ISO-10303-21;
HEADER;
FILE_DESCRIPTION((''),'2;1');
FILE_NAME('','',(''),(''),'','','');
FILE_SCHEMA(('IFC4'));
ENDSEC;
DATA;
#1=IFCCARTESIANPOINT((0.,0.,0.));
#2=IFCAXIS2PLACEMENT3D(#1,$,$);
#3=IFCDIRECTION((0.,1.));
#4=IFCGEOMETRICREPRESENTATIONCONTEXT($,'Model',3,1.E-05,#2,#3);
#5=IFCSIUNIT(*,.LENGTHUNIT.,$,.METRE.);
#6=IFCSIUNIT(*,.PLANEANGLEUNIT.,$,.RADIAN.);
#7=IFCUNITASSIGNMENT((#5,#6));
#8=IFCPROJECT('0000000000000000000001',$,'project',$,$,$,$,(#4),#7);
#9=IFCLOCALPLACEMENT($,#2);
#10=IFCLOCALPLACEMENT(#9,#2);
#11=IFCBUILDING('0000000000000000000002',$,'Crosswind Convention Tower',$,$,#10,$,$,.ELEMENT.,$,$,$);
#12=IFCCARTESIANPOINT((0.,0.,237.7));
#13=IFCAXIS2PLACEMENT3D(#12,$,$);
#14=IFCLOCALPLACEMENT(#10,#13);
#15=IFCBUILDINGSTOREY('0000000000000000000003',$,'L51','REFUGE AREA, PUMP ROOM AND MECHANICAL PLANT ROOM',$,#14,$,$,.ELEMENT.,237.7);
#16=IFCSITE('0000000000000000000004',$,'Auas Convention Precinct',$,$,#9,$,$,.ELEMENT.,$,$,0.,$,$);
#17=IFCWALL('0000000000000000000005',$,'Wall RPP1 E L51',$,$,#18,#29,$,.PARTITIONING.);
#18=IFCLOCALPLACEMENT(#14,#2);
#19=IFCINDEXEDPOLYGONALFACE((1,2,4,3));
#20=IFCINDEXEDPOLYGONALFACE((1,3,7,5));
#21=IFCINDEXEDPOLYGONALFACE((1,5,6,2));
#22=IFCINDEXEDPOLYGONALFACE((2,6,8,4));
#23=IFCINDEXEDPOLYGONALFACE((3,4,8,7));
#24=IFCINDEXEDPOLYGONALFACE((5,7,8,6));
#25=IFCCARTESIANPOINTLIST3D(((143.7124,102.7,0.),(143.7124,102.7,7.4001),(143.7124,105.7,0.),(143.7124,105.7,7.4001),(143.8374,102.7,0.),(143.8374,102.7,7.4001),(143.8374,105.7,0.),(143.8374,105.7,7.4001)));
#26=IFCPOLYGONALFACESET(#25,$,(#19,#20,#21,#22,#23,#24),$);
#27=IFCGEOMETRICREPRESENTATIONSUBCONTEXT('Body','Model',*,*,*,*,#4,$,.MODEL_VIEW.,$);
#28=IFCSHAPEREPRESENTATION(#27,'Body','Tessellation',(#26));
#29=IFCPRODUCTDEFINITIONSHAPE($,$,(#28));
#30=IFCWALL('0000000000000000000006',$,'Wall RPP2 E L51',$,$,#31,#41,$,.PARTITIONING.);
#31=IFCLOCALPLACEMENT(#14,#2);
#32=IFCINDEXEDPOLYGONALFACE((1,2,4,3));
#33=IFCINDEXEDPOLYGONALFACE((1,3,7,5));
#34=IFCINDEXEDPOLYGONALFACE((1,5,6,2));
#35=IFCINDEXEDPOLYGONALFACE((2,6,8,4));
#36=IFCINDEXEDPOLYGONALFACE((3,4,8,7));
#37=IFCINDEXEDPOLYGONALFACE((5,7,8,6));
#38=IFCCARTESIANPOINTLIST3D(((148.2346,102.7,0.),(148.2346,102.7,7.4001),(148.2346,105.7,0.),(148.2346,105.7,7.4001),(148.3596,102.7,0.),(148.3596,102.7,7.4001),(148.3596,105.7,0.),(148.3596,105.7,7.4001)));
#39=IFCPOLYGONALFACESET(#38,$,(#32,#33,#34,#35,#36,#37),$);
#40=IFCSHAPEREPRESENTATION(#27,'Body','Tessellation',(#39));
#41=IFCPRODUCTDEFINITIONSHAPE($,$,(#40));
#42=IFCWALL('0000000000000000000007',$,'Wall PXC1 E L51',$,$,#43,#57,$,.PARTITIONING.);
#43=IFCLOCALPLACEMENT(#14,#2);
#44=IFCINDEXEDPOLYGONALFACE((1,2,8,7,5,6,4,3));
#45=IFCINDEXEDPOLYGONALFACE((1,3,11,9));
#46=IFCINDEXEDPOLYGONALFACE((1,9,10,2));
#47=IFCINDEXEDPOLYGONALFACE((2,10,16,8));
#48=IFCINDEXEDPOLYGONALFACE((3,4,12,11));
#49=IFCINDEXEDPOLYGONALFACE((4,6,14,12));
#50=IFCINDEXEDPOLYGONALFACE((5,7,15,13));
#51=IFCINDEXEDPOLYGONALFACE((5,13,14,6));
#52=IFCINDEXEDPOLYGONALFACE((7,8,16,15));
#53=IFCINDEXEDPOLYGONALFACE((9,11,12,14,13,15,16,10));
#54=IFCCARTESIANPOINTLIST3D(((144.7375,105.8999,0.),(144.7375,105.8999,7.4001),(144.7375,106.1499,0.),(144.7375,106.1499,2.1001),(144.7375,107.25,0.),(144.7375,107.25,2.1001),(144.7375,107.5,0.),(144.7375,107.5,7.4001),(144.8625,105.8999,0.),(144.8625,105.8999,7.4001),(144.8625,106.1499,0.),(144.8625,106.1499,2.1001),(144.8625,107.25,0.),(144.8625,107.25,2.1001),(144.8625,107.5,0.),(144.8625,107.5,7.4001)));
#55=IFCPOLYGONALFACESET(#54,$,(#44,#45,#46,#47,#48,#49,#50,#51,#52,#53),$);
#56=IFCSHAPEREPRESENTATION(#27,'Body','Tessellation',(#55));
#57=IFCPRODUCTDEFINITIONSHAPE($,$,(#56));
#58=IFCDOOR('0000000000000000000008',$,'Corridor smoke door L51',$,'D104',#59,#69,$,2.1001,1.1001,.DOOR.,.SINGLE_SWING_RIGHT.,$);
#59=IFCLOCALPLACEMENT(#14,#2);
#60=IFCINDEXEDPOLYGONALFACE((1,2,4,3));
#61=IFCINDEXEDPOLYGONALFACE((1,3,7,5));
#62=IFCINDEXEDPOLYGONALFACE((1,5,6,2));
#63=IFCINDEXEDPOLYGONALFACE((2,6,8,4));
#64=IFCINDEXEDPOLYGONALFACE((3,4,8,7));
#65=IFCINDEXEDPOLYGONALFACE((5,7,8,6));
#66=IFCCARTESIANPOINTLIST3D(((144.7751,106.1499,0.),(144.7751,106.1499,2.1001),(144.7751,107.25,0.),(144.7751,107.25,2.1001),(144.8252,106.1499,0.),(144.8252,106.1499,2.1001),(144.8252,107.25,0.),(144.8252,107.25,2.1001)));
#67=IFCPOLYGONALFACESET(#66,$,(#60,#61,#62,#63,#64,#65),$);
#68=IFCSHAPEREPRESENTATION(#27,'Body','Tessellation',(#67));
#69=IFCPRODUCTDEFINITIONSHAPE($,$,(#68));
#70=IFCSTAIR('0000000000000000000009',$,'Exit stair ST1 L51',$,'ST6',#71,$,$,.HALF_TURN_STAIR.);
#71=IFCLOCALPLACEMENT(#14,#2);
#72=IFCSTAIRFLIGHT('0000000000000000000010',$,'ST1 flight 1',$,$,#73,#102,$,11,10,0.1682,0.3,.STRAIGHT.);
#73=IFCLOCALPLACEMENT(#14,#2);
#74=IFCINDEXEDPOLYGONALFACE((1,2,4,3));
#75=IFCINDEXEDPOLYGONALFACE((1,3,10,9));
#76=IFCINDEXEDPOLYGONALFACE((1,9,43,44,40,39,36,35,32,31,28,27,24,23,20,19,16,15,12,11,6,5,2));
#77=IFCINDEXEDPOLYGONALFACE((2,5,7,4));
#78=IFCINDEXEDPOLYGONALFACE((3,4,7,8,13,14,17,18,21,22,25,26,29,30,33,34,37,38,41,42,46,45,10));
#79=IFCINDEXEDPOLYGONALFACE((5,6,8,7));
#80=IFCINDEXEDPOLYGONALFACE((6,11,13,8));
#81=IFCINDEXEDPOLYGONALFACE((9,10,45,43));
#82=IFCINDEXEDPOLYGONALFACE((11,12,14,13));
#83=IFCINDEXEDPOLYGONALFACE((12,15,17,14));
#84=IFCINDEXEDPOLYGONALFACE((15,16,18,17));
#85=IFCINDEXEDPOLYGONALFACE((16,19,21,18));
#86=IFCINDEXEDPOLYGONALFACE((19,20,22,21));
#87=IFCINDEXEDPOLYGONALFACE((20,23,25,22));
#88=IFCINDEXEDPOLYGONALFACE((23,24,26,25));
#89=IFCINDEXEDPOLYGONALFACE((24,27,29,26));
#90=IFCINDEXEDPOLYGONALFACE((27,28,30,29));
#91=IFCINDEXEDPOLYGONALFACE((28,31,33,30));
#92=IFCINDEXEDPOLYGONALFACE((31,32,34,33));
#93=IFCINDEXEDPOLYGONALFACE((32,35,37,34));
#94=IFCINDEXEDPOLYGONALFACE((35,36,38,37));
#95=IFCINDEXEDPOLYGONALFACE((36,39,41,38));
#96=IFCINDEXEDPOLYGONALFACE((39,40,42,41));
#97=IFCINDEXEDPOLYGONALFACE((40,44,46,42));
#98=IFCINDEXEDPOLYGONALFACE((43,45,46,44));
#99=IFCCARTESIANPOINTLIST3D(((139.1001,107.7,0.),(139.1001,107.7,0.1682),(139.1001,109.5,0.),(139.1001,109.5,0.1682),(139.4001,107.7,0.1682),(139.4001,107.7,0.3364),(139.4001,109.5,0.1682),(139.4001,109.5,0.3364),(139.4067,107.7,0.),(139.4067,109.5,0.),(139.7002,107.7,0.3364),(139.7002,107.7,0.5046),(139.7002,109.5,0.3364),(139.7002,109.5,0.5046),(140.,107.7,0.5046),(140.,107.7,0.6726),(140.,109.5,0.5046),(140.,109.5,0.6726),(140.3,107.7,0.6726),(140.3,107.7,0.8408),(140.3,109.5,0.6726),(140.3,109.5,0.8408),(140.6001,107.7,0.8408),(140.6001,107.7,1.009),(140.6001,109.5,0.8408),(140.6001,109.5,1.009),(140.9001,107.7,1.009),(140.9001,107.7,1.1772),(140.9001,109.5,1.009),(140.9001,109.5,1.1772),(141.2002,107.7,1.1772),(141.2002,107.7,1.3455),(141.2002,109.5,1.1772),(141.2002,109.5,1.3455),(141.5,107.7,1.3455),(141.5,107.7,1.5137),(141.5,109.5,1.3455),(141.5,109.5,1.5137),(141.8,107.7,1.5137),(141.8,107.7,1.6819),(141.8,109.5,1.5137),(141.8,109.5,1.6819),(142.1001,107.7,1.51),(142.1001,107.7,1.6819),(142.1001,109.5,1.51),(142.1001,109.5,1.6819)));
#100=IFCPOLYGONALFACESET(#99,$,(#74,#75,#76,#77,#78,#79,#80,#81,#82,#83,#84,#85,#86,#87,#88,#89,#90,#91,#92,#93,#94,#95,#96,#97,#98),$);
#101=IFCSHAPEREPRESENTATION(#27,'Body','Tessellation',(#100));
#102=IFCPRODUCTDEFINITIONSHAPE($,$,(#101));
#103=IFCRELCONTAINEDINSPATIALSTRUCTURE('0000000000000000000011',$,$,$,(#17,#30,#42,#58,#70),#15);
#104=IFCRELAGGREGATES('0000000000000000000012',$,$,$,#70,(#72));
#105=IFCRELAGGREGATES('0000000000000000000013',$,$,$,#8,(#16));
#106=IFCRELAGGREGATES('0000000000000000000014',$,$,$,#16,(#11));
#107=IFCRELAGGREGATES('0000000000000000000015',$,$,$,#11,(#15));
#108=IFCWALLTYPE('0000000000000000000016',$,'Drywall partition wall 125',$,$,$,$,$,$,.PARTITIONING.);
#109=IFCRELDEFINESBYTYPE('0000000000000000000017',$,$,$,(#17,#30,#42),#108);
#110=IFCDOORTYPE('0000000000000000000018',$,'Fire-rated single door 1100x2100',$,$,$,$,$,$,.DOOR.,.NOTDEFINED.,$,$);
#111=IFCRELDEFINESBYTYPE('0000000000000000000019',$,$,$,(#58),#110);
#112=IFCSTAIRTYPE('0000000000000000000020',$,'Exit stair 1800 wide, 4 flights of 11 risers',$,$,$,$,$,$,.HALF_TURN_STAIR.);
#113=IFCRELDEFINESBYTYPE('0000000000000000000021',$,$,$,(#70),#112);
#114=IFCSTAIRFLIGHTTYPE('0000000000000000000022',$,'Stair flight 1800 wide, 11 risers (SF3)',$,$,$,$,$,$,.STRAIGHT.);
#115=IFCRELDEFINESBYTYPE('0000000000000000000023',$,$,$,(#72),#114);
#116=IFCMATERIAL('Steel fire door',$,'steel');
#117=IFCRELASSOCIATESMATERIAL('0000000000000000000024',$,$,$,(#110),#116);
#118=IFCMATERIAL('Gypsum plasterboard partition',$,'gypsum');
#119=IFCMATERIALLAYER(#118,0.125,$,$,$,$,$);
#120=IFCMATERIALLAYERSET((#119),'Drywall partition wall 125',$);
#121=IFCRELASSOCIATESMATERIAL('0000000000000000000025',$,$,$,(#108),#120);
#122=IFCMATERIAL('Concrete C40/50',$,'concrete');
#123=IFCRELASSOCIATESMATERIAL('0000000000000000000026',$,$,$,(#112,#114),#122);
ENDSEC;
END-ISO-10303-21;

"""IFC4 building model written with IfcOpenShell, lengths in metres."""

from ifc_helpers import new_model, si_unit, direction, frame, frame_2d, origin, place, context, subcontext, project, spatial, polyline, rectangle, outline, extrude, material, layer, layer_set, type_object, element, fill, aggregate, save


model = new_model("IFC4")

# Units and contexts
model_context = context("Model", 3, precision=1e-05, world=origin(), true_north=direction((0.0, 1.0)))
body_context = subcontext(model_context, "Body", "Model", "MODEL_VIEW")
ifc_project = project(units=[si_unit("LENGTHUNIT", "METRE"), si_unit("PLANEANGLEUNIT", "RADIAN")], contexts=[model_context])

# Site, building, storey
site_placement = place(None, origin())
site = spatial("IfcSite", under=ifc_project, at=site_placement, Name="Auas Convention Precinct", CompositionType="ELEMENT", RefElevation=0.0)
building_placement = place(site_placement, origin())
building = spatial("IfcBuilding", under=site, at=building_placement, Name="Crosswind Convention Tower", CompositionType="ELEMENT")
storey_placement = place(building_placement, frame((0.0, 0.0, 237.7)))
storey = spatial("IfcBuildingStorey", under=building, at=storey_placement, Name="L51", Description="REFUGE AREA, PUMP ROOM AND MECHANICAL PLANT ROOM", CompositionType="ELEMENT", Elevation=237.7)

# Shared definitions
ifc_material_1 = material(Name="Steel fire door", Category="steel")

# Shared definitions
door_type_1 = type_object("IfcDoorType", Name="Fire-rated single door 1100x2100", OperationType="NOTDEFINED", PredefinedType="DOOR", material=ifc_material_1)

# Walls
ifc_material_2 = material(Name="Gypsum plasterboard partition", Category="gypsum")
ifc_layer_1 = layer(ifc_material_2, 0.125)
ifc_layer_set_1 = layer_set([ifc_layer_1], Name="Drywall partition wall 125")
wall_type_1 = type_object("IfcWallType", Name="Drywall partition wall 125", PredefinedType="PARTITIONING", material=ifc_layer_set_1)
for number, where, z_axis, x_axis, name in (
    (1, (143.7749, 102.7, 0.0), (0.0, 0.0, 1.0), (0.0, 1.0, 0.0), "Wall RPP1 E L51"),
    (2, (148.2971, 102.7, 0.0), (0.0, 0.0, 1.0), (0.0, 1.0, 0.0), "Wall RPP2 E L51"),
):
    element("IfcWall", number, at=place(storey_placement, frame(where, z_axis=z_axis, x_axis=x_axis)), inside=storey, type_object=wall_type_1, Name=name, PredefinedType="PARTITIONING", context=body_context, shape_type="SweptSolid", body=[
        extrude(rectangle(XDim=3.0, YDim=0.125, at=frame_2d((1.5, 0.0))), origin(), (0.0, 0.0, 1.0), 7.4001),
    ])

# Wall, opening, door
wall_1_placement = place(storey_placement, frame((144.8, 105.8999, 0.0), z_axis=(0.0, 0.0, 1.0), x_axis=(0.0, 1.0, 0.0)))
wall_1 = element("IfcWall", 3, at=wall_1_placement, inside=storey, type_object=wall_type_1, Name="Wall PXC1 E L51", PredefinedType="PARTITIONING", context=body_context, shape_type="SweptSolid", body=[
    extrude(rectangle(XDim=1.6001, YDim=0.125, at=frame_2d((0.8, 0.0))), origin(), (0.0, 0.0, 1.0), 7.4001),
])
opening_1_placement = place(wall_1_placement, frame((0.25, 0.0, 0.0)))
opening_1 = element("IfcOpeningElement", 4, at=opening_1_placement, cuts=wall_1, PredefinedType="OPENING", context=body_context, shape_type="SweptSolid", body=[
    extrude(rectangle(XDim=1.1001, YDim=2.1001, at=frame_2d((0.55, 1.05))), frame((0.0, 0.0725, 0.0), z_axis=(0.0, -1.0, 0.0), x_axis=(1.0, 0.0, 0.0)), (0.0, 0.0, 1.0), 0.145),
])
door_1_placement = place(opening_1_placement, origin())
door_1 = element("IfcDoor", 5, at=door_1_placement, inside=storey, type_object=door_type_1, Name="Corridor smoke door L51", ObjectType="D104", OperationType="SINGLE_SWING_RIGHT", OverallHeight=2.1001, OverallWidth=1.1001, PredefinedType="DOOR", context=body_context, shape_type="SweptSolid", body=[
    extrude(rectangle(XDim=1.1001, YDim=2.1001, at=frame_2d((0.55, 1.05))), frame((0.0, 0.0249, 0.0), z_axis=(0.0, -1.0, 0.0), x_axis=(1.0, 0.0, 0.0)), (0.0, 0.0, 1.0), 0.05),
])
fill(opening_1, door_1)

# Stair, stair flight
ifc_material_3 = material(Name="Concrete C40/50", Category="concrete")
stair_type = type_object("IfcStairType", Name="Exit stair 1800 wide, 4 flights of 11 risers", PredefinedType="HALF_TURN_STAIR", material=ifc_material_3)
stair_placement = place(storey_placement, origin())
stair = element("IfcStair", 6, at=stair_placement, inside=storey, type_object=stair_type, Name="Exit stair ST1 L51", ObjectType="ST6", PredefinedType="HALF_TURN_STAIR")
stair_flight_type = type_object("IfcStairFlightType", Name="Stair flight 1800 wide, 11 risers (SF3)", PredefinedType="STRAIGHT", material=ifc_material_3)
stair_flight_placement = place(storey_placement, frame((139.1001, 108.6001, 0.0), z_axis=(0.0, 0.0, 1.0), x_axis=(1.0, 0.0, 0.0)))
stair_flight = element("IfcStairFlight", 7, at=stair_flight_placement, type_object=stair_flight_type, Name="ST1 flight 1", NumberOfRisers=11, NumberOfTreads=10, PredefinedType="STRAIGHT", RiserHeight=0.1682, TreadLength=0.3, context=body_context, shape_type="SweptSolid", body=[
    extrude(outline(polyline([(0.0, 0.0), (0.0, 0.1682), (0.3, 0.1682), (0.3, 0.3364), (0.6001, 0.3364), (0.6001, 0.5046), (0.8999, 0.5046), (0.8999, 0.6726), (1.2, 0.6726), (1.2, 0.8408), (1.5, 0.8408), (1.5, 1.009), (1.8, 1.009), (1.8, 1.1772), (2.1001, 1.1772), (2.1001, 1.3455), (2.3999, 1.3455), (2.3999, 1.5137), (2.7, 1.5137), (2.7, 1.6819), (3.0, 1.6819), (3.0, 1.8501), (3.0, 1.51), (0.3066, 0.0), (0.0, 0.0)])), frame((0.0, 0.8999, 0.0), z_axis=(0.0, -1.0, 0.0), x_axis=(1.0, 0.0, 0.0)), (0.0, 0.0, 1.0), 1.8),
])
aggregate(stair, [stair_flight])

save(model, "model.ifc")
